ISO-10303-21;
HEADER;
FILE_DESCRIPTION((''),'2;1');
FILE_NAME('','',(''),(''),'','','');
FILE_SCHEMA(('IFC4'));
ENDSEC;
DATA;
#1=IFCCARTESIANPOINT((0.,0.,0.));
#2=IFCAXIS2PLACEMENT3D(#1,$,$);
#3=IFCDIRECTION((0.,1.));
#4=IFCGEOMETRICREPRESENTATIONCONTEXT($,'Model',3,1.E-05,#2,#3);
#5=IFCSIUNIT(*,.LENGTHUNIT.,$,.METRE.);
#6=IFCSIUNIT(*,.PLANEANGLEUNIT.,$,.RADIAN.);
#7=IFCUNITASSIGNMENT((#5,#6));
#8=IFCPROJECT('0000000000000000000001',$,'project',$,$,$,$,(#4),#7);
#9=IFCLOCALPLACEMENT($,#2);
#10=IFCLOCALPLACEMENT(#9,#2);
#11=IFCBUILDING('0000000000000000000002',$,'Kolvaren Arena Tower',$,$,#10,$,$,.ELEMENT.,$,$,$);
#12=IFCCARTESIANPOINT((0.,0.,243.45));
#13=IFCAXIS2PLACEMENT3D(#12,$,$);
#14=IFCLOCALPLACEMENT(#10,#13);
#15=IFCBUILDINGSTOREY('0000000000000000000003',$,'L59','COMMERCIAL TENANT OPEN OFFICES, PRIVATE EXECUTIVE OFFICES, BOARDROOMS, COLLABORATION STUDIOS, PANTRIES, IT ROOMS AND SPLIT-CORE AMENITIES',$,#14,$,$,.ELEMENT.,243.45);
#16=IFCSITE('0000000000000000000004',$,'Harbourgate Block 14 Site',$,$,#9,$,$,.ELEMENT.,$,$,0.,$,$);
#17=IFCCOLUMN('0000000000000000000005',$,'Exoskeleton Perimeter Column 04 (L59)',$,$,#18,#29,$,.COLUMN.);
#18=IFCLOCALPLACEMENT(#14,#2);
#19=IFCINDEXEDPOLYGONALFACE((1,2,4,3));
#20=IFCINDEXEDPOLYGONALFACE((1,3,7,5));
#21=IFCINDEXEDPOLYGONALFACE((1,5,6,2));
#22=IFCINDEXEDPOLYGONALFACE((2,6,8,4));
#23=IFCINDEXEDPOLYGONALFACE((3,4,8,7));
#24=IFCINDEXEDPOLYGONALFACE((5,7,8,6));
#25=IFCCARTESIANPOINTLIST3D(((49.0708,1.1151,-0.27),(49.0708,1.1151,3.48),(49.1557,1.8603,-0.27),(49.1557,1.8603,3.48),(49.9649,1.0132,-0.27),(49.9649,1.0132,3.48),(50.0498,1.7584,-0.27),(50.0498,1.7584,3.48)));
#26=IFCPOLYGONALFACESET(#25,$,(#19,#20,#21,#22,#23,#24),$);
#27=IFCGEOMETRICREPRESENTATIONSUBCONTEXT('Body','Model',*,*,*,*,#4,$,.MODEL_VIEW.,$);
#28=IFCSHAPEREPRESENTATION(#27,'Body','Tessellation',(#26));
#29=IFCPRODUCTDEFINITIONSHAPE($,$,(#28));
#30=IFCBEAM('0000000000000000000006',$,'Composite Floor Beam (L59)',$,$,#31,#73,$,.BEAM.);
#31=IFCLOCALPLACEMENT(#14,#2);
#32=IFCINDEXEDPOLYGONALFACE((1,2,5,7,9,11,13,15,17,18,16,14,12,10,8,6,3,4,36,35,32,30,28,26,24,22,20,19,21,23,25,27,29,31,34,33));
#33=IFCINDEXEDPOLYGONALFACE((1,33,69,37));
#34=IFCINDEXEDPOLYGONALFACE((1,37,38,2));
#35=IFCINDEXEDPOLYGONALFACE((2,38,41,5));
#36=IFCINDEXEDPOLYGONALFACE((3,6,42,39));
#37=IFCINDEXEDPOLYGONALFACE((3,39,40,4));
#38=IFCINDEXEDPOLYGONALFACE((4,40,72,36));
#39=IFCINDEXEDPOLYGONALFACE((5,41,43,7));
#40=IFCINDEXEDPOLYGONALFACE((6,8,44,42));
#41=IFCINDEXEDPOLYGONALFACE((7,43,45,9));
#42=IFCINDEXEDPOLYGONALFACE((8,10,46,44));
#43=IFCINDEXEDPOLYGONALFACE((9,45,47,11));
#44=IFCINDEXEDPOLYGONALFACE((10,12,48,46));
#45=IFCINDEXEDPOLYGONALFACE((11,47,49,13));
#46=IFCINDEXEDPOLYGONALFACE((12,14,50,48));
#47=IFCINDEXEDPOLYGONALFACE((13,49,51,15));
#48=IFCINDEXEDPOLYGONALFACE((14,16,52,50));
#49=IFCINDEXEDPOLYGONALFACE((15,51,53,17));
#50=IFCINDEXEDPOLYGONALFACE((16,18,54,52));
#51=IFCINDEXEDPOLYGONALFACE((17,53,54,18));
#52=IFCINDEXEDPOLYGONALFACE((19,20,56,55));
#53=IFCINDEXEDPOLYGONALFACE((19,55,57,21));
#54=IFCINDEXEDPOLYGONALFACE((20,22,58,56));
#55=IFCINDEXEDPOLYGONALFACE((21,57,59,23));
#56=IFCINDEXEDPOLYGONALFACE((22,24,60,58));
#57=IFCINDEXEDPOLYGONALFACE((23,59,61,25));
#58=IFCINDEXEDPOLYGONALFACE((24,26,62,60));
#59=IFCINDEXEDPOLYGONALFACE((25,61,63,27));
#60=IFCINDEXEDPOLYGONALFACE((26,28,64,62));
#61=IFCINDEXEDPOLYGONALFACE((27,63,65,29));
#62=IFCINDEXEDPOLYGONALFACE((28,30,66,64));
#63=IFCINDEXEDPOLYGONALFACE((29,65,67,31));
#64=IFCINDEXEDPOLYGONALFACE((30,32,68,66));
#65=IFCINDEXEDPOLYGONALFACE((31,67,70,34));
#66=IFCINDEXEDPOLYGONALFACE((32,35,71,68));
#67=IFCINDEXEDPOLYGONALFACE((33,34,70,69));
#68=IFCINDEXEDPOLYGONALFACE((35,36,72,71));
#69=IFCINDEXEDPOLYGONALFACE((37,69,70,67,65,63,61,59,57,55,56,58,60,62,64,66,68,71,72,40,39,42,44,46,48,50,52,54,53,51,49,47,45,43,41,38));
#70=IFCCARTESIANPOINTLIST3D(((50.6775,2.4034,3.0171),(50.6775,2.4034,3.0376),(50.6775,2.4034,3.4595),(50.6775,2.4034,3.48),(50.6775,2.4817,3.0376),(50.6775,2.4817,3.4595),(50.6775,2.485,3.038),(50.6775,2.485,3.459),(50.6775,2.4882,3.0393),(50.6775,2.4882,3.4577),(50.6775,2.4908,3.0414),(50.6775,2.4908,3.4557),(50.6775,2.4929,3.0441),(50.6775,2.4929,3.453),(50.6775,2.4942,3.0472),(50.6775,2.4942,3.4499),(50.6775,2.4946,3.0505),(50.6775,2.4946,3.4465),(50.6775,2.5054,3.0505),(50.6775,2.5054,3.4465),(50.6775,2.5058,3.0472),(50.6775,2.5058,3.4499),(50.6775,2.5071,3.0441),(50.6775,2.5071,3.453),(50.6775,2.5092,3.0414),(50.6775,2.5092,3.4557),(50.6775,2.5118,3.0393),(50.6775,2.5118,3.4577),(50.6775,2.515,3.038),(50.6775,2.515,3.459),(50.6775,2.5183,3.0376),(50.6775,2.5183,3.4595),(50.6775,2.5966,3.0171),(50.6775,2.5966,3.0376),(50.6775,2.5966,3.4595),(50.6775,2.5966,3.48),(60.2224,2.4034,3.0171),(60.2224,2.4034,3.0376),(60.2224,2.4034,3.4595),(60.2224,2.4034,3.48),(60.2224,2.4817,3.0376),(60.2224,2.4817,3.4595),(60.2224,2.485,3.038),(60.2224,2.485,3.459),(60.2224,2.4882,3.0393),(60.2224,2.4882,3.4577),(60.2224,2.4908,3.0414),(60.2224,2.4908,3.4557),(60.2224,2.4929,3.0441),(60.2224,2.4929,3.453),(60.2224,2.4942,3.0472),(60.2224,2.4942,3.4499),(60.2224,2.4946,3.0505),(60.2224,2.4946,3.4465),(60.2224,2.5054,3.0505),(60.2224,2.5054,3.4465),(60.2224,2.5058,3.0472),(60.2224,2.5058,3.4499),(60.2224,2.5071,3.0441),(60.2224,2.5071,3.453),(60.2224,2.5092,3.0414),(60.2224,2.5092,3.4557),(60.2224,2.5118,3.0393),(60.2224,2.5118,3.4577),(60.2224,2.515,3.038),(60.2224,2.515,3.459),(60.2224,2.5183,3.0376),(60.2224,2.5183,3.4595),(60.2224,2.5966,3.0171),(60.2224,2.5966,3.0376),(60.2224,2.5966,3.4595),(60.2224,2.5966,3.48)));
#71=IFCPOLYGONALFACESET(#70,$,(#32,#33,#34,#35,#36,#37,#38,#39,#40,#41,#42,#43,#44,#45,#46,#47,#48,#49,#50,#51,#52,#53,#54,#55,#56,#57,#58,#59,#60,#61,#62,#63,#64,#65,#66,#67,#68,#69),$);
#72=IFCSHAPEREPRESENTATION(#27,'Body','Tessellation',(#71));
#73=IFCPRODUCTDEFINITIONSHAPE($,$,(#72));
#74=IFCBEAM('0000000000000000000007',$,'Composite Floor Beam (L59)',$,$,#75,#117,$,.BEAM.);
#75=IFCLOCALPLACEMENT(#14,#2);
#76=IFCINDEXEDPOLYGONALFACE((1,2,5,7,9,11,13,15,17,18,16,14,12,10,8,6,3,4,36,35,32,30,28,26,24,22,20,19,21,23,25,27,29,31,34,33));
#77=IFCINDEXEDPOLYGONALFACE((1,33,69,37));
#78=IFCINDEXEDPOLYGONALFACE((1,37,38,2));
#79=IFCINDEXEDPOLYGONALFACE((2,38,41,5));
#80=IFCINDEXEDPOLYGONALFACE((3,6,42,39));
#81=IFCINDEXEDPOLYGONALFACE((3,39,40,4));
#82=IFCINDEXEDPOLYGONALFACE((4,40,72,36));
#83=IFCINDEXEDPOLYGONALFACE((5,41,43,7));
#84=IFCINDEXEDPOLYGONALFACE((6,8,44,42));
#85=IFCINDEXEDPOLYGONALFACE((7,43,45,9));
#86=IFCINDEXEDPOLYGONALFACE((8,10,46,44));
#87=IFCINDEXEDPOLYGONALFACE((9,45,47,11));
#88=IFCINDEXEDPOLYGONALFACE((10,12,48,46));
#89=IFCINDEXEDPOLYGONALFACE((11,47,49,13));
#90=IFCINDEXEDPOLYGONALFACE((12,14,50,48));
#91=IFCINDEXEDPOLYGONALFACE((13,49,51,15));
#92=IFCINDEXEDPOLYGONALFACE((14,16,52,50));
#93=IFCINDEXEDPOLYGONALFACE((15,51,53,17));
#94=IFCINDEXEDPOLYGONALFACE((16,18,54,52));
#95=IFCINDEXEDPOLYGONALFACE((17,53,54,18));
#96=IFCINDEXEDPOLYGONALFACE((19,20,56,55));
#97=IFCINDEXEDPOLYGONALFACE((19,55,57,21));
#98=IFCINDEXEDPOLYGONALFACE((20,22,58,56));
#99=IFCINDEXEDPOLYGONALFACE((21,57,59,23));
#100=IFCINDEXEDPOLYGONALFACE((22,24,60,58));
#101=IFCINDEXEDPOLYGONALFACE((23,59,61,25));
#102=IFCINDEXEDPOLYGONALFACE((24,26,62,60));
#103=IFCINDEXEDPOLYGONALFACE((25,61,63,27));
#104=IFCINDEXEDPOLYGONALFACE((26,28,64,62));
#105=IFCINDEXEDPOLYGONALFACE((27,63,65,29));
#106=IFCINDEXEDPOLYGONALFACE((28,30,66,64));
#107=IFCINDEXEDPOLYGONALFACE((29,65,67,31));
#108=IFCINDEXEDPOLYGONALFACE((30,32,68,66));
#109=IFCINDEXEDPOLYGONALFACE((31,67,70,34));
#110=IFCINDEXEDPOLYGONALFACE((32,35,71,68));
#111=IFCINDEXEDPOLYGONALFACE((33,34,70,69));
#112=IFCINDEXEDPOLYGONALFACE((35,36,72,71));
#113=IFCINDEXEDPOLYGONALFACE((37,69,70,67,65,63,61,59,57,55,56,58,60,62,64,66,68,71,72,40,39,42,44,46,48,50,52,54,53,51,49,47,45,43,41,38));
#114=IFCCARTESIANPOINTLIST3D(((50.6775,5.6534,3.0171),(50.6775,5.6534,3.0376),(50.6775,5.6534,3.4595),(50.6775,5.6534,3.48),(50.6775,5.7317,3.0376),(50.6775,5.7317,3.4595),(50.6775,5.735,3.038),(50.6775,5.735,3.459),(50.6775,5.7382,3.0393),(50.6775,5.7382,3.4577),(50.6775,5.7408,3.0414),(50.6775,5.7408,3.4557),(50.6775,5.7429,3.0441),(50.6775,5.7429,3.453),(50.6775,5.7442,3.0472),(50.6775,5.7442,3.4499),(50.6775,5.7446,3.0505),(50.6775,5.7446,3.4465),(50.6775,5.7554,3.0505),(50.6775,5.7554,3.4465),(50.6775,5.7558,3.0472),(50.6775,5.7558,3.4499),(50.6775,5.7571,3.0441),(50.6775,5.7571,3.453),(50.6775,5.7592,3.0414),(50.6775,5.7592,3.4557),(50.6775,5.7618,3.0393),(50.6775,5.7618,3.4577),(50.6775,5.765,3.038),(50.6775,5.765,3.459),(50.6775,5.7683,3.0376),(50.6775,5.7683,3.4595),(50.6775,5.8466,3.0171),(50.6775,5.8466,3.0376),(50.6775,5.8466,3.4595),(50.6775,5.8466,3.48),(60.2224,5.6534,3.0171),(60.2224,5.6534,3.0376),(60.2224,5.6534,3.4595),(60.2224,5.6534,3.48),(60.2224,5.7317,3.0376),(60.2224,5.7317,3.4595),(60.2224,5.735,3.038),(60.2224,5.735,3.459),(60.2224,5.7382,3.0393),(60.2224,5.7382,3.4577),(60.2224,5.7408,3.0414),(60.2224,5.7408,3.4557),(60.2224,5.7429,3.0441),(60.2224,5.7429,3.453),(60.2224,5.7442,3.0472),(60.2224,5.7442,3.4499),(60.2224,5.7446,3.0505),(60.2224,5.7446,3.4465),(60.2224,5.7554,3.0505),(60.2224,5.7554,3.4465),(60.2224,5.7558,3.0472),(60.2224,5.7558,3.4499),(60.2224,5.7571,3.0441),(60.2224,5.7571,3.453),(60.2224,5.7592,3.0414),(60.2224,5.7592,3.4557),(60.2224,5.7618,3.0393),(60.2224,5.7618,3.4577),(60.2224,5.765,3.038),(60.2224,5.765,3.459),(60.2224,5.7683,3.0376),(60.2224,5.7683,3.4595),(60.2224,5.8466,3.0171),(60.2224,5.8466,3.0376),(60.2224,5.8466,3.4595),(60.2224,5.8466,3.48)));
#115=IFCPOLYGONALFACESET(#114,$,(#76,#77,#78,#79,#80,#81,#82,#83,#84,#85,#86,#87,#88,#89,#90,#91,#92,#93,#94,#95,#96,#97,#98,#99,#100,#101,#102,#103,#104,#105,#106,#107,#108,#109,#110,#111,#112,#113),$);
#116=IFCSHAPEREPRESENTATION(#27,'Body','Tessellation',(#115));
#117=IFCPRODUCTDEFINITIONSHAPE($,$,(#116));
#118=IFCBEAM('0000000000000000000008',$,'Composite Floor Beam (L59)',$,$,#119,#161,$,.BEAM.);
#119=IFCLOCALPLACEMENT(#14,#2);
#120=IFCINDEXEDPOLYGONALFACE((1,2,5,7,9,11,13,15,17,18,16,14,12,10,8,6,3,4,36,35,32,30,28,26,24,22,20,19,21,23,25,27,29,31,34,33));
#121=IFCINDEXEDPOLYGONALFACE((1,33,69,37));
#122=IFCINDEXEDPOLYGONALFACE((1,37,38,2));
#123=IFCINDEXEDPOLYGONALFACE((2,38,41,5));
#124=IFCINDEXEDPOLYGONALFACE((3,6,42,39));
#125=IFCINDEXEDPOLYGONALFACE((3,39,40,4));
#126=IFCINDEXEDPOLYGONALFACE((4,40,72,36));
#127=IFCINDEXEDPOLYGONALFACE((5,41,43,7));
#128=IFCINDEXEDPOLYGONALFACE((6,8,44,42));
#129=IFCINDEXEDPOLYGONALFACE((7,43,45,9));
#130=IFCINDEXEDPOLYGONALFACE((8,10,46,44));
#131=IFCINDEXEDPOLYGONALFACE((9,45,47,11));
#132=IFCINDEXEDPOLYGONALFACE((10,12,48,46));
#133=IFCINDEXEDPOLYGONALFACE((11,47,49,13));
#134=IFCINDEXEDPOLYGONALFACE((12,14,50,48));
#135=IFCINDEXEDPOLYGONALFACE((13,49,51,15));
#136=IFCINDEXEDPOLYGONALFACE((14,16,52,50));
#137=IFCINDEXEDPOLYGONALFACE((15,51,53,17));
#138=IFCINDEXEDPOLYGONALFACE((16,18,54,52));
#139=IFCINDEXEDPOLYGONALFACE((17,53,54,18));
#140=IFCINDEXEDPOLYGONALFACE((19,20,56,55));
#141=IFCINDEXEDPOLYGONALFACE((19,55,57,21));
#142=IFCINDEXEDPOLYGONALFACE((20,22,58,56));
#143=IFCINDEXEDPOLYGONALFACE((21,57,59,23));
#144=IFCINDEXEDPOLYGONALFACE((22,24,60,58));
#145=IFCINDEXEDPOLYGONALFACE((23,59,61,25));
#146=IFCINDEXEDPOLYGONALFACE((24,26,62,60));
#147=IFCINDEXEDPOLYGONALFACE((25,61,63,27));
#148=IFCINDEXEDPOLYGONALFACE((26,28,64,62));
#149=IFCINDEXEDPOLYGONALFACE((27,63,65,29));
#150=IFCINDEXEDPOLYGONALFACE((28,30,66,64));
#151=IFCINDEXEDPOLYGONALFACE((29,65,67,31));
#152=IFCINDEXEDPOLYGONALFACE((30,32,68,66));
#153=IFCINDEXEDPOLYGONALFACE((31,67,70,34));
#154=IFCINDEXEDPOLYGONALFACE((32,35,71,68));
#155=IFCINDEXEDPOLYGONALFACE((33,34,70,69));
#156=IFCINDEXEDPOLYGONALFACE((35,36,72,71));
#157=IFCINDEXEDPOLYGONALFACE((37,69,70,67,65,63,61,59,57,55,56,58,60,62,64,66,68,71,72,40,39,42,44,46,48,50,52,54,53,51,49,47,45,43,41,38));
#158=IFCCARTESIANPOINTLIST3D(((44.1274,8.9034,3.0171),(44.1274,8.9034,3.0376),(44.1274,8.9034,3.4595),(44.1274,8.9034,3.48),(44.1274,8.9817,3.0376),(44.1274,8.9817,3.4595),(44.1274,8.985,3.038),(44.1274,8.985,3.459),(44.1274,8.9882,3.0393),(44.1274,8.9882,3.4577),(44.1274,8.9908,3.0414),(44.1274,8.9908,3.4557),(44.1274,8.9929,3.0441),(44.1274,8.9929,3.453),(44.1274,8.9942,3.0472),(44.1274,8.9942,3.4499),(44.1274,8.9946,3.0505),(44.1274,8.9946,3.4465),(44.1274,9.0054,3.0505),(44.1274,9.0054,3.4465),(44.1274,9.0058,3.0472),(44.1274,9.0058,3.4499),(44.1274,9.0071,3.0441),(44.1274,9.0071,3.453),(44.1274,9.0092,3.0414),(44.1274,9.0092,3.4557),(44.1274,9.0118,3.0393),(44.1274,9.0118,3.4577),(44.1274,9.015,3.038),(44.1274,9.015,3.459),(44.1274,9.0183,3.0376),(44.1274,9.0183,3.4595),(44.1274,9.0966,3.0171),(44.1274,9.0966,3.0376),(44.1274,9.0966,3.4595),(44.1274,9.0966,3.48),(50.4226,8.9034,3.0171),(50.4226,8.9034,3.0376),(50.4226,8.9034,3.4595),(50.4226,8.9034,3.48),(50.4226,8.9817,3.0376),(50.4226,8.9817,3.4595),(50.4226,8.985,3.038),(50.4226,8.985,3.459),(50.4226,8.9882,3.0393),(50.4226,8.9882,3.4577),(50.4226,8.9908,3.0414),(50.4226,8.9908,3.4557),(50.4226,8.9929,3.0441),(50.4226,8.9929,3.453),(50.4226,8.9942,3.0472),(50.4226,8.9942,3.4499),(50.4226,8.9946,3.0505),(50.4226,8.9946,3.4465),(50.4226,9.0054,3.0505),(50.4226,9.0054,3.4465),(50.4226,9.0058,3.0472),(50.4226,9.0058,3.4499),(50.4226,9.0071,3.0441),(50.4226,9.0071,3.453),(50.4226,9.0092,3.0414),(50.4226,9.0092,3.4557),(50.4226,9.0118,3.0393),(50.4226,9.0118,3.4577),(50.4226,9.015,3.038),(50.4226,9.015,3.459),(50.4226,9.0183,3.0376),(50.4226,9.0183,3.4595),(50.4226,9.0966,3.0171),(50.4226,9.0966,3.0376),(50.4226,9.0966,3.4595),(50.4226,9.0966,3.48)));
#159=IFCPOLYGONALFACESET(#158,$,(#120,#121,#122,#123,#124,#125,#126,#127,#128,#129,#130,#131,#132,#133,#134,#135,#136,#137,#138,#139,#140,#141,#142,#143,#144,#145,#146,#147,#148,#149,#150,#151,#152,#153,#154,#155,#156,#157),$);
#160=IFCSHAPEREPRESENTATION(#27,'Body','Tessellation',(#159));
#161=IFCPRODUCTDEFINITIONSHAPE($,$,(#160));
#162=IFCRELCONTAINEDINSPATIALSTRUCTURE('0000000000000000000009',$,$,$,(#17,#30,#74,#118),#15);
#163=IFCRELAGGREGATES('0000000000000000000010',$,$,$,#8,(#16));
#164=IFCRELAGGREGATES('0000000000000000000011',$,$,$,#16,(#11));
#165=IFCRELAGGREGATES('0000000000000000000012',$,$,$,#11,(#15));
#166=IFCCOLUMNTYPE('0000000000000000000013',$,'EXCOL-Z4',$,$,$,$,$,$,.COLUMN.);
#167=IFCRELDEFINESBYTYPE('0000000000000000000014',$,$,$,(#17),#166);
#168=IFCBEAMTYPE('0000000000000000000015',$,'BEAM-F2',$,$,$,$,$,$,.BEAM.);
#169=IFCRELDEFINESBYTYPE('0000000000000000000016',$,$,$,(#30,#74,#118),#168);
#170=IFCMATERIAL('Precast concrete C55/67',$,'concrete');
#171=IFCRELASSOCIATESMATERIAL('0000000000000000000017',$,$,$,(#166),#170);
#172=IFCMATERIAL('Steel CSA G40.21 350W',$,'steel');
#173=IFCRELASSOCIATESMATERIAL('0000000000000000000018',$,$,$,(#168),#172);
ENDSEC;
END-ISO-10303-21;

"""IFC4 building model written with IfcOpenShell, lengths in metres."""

from ifc_helpers import new_model, si_unit, direction, frame, origin, origin_2d, place, context, subcontext, project, spatial, rectangle, i_section, extrude, material, material_profile, profile_set, type_object, element, save


model = new_model("IFC4")

# Units and contexts
model_context = context("Model", 3, precision=1e-05, world=origin(), true_north=direction((0.0, 1.0)))
body_context = subcontext(model_context, "Body", "Model", "MODEL_VIEW")
ifc_project = project(units=[si_unit("LENGTHUNIT", "METRE"), si_unit("PLANEANGLEUNIT", "RADIAN")], contexts=[model_context])

# Site, building, storey
site_placement = place(None, origin())
site = spatial("IfcSite", under=ifc_project, at=site_placement, Name="Harbourgate Block 14 Site", CompositionType="ELEMENT", RefElevation=0.0)
building_placement = place(site_placement, origin())
building = spatial("IfcBuilding", under=site, at=building_placement, Name="Kolvaren Arena Tower", CompositionType="ELEMENT")
storey_placement = place(building_placement, frame((0.0, 0.0, 243.45)))
storey = spatial("IfcBuildingStorey", under=building, at=storey_placement, Name="L59", Description="COMMERCIAL TENANT OPEN OFFICES, PRIVATE EXECUTIVE OFFICES, BOARDROOMS, COLLABORATION STUDIOS, PANTRIES, IT ROOMS AND SPLIT-CORE AMENITIES", CompositionType="ELEMENT", Elevation=243.45)

# Column
ifc_material_1 = material(Name="Precast concrete C55/67", Category="concrete")
ifc_material_profile_1 = material_profile(ifc_material_1, rectangle(XDim=0.8999, YDim=0.75, at=origin_2d()), Name="RC-900x750")
ifc_profile_set_1 = profile_set([ifc_material_profile_1], Name="Precast concrete C55/67")
column_type = type_object("IfcColumnType", Name="EXCOL-Z4", PredefinedType="COLUMN", material=ifc_profile_set_1)
column_placement = place(storey_placement, frame((49.5603, 1.4368, -0.27), z_axis=(0.0, 0.0, 1.0), x_axis=(0.993572, -0.113203, 0.0)))
element("IfcColumn", 1, at=column_placement, inside=storey, type_object=column_type, Name="Exoskeleton Perimeter Column 04 (L59)", PredefinedType="COLUMN", context=body_context, shape_type="SweptSolid", body=[
    extrude(rectangle(XDim=0.8999, YDim=0.75, at=origin_2d()), origin(), (0.0, 0.0, 1.0), 3.75),
])

# Beams
ifc_material_2 = material(Name="Steel CSA G40.21 350W", Category="steel")
ifc_material_profile_2 = material_profile(ifc_material_2, i_section(OverallWidth=0.1931, OverallDepth=0.4629, WebThickness=0.0107, FlangeThickness=0.0205, FilletRadius=0.0129, at=origin_2d()), Name="W460x113")
ifc_profile_set_2 = profile_set([ifc_material_profile_2], Name="Steel CSA G40.21 350W")
beam_type_1 = type_object("IfcBeamType", Name="BEAM-F2", PredefinedType="BEAM", material=ifc_profile_set_2)
for number, where, z_axis, x_axis, name in (
    (2, (50.6775, 2.5, 3.2485), (1.0, 0.0, 0.0), (0.0, 1.0, 0.0), "Composite Floor Beam (L59)"),
    (3, (50.6775, 5.75, 3.2485), (1.0, 0.0, 0.0), (0.0, 1.0, 0.0), "Composite Floor Beam (L59)"),
):
    element("IfcBeam", number, at=place(storey_placement, frame(where, z_axis=z_axis, x_axis=x_axis)), inside=storey, type_object=beam_type_1, Name=name, PredefinedType="BEAM", context=body_context, shape_type="SweptSolid", body=[
        extrude(i_section(OverallWidth=0.1931, OverallDepth=0.4629, WebThickness=0.0107, FlangeThickness=0.0205, FilletRadius=0.0129, at=origin_2d()), origin(), (0.0, 0.0, 1.0), 9.5449),
    ])
beam_1_placement = place(storey_placement, frame((44.1274, 9.0, 3.2485), z_axis=(1.0, 0.0, 0.0), x_axis=(0.0, 1.0, 0.0)))
element("IfcBeam", 4, at=beam_1_placement, inside=storey, type_object=beam_type_1, Name="Composite Floor Beam (L59)", PredefinedType="BEAM", context=body_context, shape_type="SweptSolid", body=[
    extrude(i_section(OverallWidth=0.1931, OverallDepth=0.4629, WebThickness=0.0107, FlangeThickness=0.0205, FilletRadius=0.0129, at=origin_2d()), origin(), (0.0, 0.0, 1.0), 6.2952),
])

save(model, "model.ifc")
